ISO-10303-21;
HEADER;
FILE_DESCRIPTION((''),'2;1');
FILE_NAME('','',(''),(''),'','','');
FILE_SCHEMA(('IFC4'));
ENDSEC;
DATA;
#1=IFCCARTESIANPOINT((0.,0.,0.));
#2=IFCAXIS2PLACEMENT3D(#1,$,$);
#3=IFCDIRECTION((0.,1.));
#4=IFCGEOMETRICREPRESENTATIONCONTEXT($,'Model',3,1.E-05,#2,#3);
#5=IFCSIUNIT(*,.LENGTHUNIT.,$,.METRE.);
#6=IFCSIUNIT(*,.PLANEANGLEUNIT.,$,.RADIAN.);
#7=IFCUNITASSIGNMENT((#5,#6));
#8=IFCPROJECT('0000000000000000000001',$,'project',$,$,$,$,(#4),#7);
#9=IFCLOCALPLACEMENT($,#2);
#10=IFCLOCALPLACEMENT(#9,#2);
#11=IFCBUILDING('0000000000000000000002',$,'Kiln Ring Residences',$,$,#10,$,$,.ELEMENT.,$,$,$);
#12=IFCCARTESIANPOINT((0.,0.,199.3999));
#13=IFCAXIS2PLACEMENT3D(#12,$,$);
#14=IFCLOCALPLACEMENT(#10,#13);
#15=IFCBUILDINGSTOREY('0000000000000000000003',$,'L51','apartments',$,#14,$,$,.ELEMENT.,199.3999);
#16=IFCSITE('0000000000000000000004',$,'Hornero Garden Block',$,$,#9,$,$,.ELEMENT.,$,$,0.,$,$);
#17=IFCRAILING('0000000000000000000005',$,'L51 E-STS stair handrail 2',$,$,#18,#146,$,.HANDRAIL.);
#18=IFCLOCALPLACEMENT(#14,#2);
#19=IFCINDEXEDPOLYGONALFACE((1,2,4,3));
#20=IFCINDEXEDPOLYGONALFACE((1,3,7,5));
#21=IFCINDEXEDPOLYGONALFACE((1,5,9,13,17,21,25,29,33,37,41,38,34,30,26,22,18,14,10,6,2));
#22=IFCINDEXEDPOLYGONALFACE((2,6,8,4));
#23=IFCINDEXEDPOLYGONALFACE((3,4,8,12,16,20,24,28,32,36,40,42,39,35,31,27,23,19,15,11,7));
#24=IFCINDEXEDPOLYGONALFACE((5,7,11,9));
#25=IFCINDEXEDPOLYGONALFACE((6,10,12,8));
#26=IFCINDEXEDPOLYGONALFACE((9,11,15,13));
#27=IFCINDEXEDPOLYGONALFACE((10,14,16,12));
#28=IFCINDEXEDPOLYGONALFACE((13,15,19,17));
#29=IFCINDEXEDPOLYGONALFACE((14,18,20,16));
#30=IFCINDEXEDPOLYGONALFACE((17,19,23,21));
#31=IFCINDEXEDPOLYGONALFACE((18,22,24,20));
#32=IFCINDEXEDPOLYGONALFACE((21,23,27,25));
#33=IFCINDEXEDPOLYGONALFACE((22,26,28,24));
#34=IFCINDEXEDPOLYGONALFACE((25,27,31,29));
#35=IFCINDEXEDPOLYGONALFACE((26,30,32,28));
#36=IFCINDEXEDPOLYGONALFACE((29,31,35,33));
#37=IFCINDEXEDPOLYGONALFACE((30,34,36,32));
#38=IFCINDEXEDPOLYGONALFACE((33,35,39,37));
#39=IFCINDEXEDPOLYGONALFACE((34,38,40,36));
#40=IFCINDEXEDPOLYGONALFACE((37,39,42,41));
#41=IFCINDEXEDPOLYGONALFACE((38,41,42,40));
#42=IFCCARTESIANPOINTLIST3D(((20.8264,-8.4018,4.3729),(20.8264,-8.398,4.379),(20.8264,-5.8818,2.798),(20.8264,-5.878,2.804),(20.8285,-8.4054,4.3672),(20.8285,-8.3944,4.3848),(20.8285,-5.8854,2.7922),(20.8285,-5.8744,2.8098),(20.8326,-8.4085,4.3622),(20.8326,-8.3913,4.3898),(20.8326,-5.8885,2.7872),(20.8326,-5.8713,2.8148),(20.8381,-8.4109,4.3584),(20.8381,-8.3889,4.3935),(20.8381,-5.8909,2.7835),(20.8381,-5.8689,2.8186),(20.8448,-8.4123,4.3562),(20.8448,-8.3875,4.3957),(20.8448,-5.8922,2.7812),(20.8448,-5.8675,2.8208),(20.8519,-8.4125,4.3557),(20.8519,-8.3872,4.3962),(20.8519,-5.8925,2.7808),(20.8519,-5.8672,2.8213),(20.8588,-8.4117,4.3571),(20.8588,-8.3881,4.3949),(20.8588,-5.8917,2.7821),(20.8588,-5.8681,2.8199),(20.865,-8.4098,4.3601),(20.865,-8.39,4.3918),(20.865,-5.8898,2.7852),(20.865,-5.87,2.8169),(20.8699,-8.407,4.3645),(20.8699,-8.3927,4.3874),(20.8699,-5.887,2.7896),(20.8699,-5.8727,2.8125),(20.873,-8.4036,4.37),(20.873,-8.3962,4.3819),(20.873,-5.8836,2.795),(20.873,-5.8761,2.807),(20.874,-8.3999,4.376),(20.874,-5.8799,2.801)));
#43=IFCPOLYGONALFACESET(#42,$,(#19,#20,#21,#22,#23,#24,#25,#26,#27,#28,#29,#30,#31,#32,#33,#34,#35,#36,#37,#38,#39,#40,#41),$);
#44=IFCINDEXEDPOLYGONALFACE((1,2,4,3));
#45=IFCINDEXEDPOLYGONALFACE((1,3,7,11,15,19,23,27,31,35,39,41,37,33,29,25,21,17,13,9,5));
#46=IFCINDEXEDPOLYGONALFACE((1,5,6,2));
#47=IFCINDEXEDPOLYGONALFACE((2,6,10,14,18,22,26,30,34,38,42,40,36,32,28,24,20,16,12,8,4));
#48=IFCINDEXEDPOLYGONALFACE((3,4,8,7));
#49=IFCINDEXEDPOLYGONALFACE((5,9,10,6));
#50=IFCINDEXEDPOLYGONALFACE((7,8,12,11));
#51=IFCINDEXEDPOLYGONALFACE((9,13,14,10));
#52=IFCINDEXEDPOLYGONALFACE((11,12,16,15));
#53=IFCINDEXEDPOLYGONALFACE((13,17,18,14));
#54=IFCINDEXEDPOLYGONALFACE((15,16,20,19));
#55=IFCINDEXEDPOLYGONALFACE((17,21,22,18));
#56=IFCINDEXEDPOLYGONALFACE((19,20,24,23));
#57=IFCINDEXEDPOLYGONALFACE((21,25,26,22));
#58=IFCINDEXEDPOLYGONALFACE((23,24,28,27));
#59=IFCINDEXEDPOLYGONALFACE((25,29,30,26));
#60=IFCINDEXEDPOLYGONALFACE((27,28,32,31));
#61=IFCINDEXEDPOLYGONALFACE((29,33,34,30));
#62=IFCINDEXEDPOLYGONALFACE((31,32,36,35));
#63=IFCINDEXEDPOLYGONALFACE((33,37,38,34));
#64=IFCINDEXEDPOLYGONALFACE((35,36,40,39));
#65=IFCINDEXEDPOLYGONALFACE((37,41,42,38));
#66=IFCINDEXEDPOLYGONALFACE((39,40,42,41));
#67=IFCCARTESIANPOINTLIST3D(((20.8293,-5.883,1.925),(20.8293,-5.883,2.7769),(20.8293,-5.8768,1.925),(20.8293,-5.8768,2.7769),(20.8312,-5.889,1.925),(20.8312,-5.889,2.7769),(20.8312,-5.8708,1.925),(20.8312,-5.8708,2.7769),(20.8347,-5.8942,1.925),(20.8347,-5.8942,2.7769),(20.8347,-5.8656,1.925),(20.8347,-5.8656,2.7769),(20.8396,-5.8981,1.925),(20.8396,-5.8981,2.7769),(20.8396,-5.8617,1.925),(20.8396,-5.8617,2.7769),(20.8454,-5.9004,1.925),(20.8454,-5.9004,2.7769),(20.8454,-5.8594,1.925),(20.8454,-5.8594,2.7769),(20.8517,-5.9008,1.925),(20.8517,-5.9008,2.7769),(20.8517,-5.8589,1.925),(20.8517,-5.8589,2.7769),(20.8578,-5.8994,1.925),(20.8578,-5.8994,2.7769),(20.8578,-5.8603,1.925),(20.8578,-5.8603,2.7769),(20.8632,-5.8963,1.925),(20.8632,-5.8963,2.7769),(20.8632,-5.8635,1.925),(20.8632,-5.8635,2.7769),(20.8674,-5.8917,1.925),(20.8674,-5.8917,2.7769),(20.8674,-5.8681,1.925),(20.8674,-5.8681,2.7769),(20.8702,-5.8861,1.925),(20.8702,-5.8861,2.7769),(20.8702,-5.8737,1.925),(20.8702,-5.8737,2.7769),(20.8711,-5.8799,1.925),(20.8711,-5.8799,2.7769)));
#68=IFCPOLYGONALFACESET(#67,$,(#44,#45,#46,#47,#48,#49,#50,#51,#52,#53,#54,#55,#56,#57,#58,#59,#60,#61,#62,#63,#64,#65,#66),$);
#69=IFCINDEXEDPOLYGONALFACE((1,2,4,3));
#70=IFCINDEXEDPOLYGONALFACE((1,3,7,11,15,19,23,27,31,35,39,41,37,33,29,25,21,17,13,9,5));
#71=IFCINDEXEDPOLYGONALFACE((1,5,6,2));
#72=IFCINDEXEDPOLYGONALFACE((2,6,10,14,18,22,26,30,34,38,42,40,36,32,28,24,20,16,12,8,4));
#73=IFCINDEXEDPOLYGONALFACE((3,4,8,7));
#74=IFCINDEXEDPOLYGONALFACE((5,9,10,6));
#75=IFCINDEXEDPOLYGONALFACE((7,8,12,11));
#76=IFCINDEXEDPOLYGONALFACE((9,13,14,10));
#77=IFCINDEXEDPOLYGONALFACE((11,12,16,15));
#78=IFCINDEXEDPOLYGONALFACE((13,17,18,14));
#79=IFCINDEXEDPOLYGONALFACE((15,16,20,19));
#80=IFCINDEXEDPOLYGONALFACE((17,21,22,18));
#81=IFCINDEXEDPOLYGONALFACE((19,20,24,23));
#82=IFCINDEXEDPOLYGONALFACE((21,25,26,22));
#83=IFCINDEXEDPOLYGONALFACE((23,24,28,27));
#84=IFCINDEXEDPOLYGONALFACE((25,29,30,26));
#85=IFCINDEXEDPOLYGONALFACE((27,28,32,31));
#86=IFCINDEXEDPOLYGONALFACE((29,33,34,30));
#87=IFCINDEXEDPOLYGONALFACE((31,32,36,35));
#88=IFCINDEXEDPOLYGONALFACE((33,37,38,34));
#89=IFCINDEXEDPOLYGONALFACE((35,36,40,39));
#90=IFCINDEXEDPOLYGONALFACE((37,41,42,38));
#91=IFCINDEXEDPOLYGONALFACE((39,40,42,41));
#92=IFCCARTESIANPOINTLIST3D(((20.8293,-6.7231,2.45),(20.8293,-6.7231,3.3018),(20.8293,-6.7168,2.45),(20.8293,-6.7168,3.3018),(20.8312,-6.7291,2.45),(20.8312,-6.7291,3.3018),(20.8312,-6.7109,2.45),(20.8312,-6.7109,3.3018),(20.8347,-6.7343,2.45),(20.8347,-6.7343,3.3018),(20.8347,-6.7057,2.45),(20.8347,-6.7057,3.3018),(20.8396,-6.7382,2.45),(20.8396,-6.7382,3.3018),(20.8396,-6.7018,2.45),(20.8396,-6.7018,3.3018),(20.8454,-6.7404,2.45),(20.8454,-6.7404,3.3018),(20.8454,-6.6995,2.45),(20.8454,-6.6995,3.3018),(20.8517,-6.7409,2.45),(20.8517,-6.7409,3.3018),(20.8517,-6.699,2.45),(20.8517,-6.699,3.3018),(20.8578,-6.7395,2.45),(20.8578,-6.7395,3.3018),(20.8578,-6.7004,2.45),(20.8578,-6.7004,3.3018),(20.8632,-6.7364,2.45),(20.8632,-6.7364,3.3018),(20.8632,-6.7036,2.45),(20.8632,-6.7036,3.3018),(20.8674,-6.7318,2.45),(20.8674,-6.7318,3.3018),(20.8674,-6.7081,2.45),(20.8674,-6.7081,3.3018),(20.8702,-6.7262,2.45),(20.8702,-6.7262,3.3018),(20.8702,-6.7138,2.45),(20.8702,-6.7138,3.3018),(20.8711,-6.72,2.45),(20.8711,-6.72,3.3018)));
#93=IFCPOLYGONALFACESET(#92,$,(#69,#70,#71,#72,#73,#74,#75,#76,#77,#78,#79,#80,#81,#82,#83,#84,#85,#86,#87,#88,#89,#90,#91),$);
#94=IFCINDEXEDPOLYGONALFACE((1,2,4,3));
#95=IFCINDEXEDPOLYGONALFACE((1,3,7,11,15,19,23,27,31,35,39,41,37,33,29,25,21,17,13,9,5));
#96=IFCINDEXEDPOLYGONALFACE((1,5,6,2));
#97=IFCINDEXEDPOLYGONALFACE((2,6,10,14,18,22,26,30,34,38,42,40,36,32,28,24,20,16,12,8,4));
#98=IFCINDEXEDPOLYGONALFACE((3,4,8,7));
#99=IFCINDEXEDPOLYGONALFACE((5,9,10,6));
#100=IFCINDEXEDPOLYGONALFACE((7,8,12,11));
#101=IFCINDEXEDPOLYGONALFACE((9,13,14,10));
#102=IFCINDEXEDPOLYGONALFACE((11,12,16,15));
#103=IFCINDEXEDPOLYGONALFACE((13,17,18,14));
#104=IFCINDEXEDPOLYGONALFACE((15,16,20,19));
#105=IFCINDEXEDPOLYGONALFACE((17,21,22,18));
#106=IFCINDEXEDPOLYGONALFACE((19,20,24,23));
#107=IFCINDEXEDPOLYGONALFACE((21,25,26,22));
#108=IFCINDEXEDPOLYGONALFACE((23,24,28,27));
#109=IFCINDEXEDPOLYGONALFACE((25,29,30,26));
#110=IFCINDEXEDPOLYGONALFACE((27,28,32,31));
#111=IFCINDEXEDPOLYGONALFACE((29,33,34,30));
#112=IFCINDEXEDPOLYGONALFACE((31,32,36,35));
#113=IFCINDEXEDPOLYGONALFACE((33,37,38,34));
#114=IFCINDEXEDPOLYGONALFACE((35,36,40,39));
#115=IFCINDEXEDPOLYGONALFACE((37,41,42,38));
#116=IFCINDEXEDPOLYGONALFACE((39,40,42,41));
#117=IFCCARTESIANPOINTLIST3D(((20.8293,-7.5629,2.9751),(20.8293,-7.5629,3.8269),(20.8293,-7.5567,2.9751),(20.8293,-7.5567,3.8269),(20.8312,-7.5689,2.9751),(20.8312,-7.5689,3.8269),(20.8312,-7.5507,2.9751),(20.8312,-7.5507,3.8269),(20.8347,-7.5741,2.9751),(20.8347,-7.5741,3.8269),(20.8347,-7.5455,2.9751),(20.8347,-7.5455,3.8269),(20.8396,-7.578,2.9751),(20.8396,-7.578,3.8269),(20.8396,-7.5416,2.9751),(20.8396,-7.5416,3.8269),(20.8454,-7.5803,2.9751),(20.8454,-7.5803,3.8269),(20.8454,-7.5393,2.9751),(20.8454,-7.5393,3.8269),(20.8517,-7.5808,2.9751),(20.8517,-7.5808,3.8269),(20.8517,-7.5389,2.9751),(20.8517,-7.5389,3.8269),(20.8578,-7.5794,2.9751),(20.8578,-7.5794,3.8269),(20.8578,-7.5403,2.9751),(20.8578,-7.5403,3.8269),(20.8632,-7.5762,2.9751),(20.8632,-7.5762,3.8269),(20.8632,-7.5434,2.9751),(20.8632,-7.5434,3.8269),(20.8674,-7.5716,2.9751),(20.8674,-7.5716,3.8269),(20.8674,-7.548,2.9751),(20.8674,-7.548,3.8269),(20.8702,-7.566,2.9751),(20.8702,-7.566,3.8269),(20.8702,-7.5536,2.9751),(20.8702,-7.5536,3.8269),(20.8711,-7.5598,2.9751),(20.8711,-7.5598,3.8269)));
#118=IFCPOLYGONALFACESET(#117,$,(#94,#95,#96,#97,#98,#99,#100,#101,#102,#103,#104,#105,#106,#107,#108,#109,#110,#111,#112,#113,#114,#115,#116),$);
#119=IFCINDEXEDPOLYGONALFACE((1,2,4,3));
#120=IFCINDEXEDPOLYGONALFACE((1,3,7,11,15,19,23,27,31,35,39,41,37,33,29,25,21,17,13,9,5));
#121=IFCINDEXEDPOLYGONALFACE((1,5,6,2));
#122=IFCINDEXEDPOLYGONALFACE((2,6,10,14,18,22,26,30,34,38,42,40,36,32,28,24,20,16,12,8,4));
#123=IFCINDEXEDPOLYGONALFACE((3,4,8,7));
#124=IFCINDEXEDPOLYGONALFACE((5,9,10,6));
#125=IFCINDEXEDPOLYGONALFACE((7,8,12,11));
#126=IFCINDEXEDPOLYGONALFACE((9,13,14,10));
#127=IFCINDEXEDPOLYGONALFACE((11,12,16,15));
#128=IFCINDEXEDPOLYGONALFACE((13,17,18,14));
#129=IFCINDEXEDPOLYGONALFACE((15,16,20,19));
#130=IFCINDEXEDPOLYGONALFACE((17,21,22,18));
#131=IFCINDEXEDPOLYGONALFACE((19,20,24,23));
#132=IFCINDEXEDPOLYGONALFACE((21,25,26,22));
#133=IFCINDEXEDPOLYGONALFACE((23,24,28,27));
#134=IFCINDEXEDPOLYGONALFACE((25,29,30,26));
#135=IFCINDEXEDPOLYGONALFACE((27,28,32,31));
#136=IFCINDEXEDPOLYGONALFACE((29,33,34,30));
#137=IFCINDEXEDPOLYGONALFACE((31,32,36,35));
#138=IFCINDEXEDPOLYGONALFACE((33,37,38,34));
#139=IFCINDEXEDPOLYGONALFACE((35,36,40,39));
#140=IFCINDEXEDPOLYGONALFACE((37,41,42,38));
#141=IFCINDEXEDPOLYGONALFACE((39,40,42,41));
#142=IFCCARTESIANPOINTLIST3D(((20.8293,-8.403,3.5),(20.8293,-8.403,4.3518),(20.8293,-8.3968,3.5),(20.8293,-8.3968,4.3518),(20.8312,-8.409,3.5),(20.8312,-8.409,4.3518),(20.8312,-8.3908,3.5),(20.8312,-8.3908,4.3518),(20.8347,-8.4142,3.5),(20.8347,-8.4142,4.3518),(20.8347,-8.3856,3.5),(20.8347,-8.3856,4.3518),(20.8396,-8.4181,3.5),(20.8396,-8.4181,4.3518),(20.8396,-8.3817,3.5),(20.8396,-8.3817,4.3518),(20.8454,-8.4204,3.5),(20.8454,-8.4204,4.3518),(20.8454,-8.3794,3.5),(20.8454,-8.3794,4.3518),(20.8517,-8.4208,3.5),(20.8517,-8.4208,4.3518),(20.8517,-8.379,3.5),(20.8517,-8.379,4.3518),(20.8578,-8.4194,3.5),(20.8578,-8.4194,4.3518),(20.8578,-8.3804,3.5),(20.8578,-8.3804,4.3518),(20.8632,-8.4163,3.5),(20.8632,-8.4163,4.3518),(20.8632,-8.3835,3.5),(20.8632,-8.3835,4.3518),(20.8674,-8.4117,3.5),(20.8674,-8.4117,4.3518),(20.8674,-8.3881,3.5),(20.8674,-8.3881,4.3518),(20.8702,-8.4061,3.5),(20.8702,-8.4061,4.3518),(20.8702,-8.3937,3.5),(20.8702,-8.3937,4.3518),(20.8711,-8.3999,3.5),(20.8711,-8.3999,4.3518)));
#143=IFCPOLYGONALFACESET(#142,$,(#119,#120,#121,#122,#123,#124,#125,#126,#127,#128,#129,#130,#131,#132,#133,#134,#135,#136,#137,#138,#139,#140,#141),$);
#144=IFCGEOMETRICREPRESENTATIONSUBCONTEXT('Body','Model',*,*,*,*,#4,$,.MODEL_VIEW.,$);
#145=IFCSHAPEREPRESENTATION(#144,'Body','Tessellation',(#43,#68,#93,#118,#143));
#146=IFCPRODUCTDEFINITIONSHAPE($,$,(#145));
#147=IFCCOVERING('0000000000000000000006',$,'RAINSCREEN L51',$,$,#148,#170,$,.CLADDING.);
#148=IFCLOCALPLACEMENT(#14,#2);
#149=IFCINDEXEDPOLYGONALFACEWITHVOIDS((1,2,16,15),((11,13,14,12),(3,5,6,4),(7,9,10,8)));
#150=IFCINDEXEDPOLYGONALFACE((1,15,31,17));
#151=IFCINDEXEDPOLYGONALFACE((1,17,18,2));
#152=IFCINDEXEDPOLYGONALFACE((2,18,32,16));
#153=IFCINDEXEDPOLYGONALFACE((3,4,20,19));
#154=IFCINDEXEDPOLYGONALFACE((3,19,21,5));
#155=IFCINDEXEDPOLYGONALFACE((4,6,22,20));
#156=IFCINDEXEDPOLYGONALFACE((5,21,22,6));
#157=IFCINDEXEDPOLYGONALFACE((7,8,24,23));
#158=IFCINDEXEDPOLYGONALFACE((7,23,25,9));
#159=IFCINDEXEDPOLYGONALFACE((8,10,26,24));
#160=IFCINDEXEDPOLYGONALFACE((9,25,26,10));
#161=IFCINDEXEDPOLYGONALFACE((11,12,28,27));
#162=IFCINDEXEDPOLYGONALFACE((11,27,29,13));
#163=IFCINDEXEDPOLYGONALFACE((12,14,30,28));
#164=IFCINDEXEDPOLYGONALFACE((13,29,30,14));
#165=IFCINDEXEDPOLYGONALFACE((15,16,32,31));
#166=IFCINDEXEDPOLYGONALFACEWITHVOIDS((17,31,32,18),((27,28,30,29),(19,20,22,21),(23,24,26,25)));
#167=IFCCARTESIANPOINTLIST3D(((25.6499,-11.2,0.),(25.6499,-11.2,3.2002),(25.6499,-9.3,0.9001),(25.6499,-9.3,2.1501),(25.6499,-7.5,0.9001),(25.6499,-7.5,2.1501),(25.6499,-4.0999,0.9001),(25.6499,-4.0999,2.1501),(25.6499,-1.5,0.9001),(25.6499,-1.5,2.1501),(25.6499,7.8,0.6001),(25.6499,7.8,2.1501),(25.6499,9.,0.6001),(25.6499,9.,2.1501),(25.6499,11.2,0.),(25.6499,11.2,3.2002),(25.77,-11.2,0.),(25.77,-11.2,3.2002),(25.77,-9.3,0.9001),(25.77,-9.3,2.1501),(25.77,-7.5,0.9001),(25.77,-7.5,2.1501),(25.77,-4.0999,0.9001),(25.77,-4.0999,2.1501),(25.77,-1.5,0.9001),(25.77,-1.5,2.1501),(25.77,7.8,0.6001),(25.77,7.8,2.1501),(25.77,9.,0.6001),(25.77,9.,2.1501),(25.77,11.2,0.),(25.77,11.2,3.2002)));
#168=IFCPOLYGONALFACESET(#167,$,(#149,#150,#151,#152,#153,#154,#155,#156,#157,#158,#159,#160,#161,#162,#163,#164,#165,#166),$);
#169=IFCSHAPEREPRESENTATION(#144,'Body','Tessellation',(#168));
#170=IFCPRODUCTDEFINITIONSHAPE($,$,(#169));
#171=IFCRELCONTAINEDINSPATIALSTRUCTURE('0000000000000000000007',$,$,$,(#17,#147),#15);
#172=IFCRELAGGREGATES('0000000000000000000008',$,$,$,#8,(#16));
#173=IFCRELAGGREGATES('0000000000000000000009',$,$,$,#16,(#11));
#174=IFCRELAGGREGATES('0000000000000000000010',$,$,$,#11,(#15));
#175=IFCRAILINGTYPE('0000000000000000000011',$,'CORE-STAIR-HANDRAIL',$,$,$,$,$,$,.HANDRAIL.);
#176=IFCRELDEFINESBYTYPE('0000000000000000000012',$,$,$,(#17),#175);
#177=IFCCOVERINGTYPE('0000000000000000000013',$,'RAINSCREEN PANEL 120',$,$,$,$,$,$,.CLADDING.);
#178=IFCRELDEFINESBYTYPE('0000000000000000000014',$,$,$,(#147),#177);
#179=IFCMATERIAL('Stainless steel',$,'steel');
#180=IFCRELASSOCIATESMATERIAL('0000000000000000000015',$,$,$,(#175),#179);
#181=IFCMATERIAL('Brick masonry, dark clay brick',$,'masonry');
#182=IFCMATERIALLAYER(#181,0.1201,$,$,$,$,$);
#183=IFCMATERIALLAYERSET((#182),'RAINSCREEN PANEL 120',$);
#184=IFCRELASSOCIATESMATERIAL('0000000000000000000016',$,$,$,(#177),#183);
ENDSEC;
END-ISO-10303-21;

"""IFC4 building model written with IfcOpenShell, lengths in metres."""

from ifc_helpers import new_model, si_unit, direction, frame, origin, origin_2d, place, context, subcontext, project, spatial, polyline, circle, outline, extrude, material, layer, layer_set, type_object, element, save


model = new_model("IFC4")

# Units and contexts
model_context = context("Model", 3, precision=1e-05, world=origin(), true_north=direction((0.0, 1.0)))
body_context = subcontext(model_context, "Body", "Model", "MODEL_VIEW")
ifc_project = project(units=[si_unit("LENGTHUNIT", "METRE"), si_unit("PLANEANGLEUNIT", "RADIAN")], contexts=[model_context])

# Site, building, storey
site_placement = place(None, origin())
site = spatial("IfcSite", under=ifc_project, at=site_placement, Name="Hornero Garden Block", CompositionType="ELEMENT", RefElevation=0.0)
building_placement = place(site_placement, origin())
building = spatial("IfcBuilding", under=site, at=building_placement, Name="Kiln Ring Residences", CompositionType="ELEMENT")
storey_placement = place(building_placement, frame((0.0, 0.0, 199.3999)))
storey = spatial("IfcBuildingStorey", under=building, at=storey_placement, Name="L51", Description="apartments", CompositionType="ELEMENT", Elevation=199.3999)

# Railing
ifc_material_1 = material(Name="Stainless steel", Category="steel")
railing_type_1 = type_object("IfcRailingType", Name="CORE-STAIR-HANDRAIL", PredefinedType="HANDRAIL", material=ifc_material_1)
railing_1_placement = place(storey_placement, frame((20.8501, -5.8799, 1.925)))
element("IfcRailing", 1, at=railing_1_placement, inside=storey, type_object=railing_type_1, Name="L51 E-STS stair handrail 2", PredefinedType="HANDRAIL", context=body_context, shape_type="SweptSolid", body=[
    extrude(circle(Radius=0.0239, at=origin_2d()), frame((0.0, 0.0, 0.876), z_axis=(0.0, -0.848008, 0.529984), x_axis=(1.0, 0.0, 0.0)), (0.0, 0.0, 1.0), 2.9717),
    extrude(circle(Radius=0.021, at=origin_2d()), origin(), (0.0, 0.0, 1.0), 0.8518),
    extrude(circle(Radius=0.021, at=origin_2d()), frame((0.0, -0.8401, 0.5249)), (0.0, 0.0, 1.0), 0.8518),
    extrude(circle(Radius=0.021, at=origin_2d()), frame((0.0, -1.6799, 1.05)), (0.0, 0.0, 1.0), 0.8518),
    extrude(circle(Radius=0.021, at=origin_2d()), frame((0.0, -2.52, 1.575)), (0.0, 0.0, 1.0), 0.8518),
])

# Covering
ifc_material_2 = material(Name="Brick masonry, dark clay brick", Category="masonry")
ifc_layer_1 = layer(ifc_material_2, 0.1201)
ifc_layer_set_1 = layer_set([ifc_layer_1], Name="RAINSCREEN PANEL 120")
covering_type = type_object("IfcCoveringType", Name="RAINSCREEN PANEL 120", PredefinedType="CLADDING", material=ifc_layer_set_1)
covering_placement = place(storey_placement, frame((25.71, -11.2, 0.0), z_axis=(0.0, 0.0, 1.0), x_axis=(0.0, 1.0, 0.0)))
element("IfcCovering", 2, at=covering_placement, inside=storey, type_object=covering_type, Name="RAINSCREEN L51", PredefinedType="CLADDING", context=body_context, shape_type="SweptSolid", body=[
    extrude(outline(polyline([(0.0, 0.0), (22.3999, 0.0), (22.3999, 3.2002), (0.0, 3.2002), (0.0, 0.0)]), holes=[polyline([(20.2, 2.1501), (19.0, 2.1501), (19.0, 0.6001), (20.2, 0.6001), (20.2, 2.1501)]), polyline([(3.7, 0.9001), (3.7, 2.1501), (1.8999, 2.1501), (1.8999, 0.9001), (3.7, 0.9001)]), polyline([(9.7, 0.9001), (9.7, 2.1501), (7.1001, 2.1501), (7.1001, 0.9001), (9.7, 0.9001)])]), frame((0.0, 0.0601, 0.0), z_axis=(0.0, -1.0, 0.0), x_axis=(1.0, 0.0, 0.0)), (0.0, 0.0, 1.0), 0.1201),
])

save(model, "model.ifc")
